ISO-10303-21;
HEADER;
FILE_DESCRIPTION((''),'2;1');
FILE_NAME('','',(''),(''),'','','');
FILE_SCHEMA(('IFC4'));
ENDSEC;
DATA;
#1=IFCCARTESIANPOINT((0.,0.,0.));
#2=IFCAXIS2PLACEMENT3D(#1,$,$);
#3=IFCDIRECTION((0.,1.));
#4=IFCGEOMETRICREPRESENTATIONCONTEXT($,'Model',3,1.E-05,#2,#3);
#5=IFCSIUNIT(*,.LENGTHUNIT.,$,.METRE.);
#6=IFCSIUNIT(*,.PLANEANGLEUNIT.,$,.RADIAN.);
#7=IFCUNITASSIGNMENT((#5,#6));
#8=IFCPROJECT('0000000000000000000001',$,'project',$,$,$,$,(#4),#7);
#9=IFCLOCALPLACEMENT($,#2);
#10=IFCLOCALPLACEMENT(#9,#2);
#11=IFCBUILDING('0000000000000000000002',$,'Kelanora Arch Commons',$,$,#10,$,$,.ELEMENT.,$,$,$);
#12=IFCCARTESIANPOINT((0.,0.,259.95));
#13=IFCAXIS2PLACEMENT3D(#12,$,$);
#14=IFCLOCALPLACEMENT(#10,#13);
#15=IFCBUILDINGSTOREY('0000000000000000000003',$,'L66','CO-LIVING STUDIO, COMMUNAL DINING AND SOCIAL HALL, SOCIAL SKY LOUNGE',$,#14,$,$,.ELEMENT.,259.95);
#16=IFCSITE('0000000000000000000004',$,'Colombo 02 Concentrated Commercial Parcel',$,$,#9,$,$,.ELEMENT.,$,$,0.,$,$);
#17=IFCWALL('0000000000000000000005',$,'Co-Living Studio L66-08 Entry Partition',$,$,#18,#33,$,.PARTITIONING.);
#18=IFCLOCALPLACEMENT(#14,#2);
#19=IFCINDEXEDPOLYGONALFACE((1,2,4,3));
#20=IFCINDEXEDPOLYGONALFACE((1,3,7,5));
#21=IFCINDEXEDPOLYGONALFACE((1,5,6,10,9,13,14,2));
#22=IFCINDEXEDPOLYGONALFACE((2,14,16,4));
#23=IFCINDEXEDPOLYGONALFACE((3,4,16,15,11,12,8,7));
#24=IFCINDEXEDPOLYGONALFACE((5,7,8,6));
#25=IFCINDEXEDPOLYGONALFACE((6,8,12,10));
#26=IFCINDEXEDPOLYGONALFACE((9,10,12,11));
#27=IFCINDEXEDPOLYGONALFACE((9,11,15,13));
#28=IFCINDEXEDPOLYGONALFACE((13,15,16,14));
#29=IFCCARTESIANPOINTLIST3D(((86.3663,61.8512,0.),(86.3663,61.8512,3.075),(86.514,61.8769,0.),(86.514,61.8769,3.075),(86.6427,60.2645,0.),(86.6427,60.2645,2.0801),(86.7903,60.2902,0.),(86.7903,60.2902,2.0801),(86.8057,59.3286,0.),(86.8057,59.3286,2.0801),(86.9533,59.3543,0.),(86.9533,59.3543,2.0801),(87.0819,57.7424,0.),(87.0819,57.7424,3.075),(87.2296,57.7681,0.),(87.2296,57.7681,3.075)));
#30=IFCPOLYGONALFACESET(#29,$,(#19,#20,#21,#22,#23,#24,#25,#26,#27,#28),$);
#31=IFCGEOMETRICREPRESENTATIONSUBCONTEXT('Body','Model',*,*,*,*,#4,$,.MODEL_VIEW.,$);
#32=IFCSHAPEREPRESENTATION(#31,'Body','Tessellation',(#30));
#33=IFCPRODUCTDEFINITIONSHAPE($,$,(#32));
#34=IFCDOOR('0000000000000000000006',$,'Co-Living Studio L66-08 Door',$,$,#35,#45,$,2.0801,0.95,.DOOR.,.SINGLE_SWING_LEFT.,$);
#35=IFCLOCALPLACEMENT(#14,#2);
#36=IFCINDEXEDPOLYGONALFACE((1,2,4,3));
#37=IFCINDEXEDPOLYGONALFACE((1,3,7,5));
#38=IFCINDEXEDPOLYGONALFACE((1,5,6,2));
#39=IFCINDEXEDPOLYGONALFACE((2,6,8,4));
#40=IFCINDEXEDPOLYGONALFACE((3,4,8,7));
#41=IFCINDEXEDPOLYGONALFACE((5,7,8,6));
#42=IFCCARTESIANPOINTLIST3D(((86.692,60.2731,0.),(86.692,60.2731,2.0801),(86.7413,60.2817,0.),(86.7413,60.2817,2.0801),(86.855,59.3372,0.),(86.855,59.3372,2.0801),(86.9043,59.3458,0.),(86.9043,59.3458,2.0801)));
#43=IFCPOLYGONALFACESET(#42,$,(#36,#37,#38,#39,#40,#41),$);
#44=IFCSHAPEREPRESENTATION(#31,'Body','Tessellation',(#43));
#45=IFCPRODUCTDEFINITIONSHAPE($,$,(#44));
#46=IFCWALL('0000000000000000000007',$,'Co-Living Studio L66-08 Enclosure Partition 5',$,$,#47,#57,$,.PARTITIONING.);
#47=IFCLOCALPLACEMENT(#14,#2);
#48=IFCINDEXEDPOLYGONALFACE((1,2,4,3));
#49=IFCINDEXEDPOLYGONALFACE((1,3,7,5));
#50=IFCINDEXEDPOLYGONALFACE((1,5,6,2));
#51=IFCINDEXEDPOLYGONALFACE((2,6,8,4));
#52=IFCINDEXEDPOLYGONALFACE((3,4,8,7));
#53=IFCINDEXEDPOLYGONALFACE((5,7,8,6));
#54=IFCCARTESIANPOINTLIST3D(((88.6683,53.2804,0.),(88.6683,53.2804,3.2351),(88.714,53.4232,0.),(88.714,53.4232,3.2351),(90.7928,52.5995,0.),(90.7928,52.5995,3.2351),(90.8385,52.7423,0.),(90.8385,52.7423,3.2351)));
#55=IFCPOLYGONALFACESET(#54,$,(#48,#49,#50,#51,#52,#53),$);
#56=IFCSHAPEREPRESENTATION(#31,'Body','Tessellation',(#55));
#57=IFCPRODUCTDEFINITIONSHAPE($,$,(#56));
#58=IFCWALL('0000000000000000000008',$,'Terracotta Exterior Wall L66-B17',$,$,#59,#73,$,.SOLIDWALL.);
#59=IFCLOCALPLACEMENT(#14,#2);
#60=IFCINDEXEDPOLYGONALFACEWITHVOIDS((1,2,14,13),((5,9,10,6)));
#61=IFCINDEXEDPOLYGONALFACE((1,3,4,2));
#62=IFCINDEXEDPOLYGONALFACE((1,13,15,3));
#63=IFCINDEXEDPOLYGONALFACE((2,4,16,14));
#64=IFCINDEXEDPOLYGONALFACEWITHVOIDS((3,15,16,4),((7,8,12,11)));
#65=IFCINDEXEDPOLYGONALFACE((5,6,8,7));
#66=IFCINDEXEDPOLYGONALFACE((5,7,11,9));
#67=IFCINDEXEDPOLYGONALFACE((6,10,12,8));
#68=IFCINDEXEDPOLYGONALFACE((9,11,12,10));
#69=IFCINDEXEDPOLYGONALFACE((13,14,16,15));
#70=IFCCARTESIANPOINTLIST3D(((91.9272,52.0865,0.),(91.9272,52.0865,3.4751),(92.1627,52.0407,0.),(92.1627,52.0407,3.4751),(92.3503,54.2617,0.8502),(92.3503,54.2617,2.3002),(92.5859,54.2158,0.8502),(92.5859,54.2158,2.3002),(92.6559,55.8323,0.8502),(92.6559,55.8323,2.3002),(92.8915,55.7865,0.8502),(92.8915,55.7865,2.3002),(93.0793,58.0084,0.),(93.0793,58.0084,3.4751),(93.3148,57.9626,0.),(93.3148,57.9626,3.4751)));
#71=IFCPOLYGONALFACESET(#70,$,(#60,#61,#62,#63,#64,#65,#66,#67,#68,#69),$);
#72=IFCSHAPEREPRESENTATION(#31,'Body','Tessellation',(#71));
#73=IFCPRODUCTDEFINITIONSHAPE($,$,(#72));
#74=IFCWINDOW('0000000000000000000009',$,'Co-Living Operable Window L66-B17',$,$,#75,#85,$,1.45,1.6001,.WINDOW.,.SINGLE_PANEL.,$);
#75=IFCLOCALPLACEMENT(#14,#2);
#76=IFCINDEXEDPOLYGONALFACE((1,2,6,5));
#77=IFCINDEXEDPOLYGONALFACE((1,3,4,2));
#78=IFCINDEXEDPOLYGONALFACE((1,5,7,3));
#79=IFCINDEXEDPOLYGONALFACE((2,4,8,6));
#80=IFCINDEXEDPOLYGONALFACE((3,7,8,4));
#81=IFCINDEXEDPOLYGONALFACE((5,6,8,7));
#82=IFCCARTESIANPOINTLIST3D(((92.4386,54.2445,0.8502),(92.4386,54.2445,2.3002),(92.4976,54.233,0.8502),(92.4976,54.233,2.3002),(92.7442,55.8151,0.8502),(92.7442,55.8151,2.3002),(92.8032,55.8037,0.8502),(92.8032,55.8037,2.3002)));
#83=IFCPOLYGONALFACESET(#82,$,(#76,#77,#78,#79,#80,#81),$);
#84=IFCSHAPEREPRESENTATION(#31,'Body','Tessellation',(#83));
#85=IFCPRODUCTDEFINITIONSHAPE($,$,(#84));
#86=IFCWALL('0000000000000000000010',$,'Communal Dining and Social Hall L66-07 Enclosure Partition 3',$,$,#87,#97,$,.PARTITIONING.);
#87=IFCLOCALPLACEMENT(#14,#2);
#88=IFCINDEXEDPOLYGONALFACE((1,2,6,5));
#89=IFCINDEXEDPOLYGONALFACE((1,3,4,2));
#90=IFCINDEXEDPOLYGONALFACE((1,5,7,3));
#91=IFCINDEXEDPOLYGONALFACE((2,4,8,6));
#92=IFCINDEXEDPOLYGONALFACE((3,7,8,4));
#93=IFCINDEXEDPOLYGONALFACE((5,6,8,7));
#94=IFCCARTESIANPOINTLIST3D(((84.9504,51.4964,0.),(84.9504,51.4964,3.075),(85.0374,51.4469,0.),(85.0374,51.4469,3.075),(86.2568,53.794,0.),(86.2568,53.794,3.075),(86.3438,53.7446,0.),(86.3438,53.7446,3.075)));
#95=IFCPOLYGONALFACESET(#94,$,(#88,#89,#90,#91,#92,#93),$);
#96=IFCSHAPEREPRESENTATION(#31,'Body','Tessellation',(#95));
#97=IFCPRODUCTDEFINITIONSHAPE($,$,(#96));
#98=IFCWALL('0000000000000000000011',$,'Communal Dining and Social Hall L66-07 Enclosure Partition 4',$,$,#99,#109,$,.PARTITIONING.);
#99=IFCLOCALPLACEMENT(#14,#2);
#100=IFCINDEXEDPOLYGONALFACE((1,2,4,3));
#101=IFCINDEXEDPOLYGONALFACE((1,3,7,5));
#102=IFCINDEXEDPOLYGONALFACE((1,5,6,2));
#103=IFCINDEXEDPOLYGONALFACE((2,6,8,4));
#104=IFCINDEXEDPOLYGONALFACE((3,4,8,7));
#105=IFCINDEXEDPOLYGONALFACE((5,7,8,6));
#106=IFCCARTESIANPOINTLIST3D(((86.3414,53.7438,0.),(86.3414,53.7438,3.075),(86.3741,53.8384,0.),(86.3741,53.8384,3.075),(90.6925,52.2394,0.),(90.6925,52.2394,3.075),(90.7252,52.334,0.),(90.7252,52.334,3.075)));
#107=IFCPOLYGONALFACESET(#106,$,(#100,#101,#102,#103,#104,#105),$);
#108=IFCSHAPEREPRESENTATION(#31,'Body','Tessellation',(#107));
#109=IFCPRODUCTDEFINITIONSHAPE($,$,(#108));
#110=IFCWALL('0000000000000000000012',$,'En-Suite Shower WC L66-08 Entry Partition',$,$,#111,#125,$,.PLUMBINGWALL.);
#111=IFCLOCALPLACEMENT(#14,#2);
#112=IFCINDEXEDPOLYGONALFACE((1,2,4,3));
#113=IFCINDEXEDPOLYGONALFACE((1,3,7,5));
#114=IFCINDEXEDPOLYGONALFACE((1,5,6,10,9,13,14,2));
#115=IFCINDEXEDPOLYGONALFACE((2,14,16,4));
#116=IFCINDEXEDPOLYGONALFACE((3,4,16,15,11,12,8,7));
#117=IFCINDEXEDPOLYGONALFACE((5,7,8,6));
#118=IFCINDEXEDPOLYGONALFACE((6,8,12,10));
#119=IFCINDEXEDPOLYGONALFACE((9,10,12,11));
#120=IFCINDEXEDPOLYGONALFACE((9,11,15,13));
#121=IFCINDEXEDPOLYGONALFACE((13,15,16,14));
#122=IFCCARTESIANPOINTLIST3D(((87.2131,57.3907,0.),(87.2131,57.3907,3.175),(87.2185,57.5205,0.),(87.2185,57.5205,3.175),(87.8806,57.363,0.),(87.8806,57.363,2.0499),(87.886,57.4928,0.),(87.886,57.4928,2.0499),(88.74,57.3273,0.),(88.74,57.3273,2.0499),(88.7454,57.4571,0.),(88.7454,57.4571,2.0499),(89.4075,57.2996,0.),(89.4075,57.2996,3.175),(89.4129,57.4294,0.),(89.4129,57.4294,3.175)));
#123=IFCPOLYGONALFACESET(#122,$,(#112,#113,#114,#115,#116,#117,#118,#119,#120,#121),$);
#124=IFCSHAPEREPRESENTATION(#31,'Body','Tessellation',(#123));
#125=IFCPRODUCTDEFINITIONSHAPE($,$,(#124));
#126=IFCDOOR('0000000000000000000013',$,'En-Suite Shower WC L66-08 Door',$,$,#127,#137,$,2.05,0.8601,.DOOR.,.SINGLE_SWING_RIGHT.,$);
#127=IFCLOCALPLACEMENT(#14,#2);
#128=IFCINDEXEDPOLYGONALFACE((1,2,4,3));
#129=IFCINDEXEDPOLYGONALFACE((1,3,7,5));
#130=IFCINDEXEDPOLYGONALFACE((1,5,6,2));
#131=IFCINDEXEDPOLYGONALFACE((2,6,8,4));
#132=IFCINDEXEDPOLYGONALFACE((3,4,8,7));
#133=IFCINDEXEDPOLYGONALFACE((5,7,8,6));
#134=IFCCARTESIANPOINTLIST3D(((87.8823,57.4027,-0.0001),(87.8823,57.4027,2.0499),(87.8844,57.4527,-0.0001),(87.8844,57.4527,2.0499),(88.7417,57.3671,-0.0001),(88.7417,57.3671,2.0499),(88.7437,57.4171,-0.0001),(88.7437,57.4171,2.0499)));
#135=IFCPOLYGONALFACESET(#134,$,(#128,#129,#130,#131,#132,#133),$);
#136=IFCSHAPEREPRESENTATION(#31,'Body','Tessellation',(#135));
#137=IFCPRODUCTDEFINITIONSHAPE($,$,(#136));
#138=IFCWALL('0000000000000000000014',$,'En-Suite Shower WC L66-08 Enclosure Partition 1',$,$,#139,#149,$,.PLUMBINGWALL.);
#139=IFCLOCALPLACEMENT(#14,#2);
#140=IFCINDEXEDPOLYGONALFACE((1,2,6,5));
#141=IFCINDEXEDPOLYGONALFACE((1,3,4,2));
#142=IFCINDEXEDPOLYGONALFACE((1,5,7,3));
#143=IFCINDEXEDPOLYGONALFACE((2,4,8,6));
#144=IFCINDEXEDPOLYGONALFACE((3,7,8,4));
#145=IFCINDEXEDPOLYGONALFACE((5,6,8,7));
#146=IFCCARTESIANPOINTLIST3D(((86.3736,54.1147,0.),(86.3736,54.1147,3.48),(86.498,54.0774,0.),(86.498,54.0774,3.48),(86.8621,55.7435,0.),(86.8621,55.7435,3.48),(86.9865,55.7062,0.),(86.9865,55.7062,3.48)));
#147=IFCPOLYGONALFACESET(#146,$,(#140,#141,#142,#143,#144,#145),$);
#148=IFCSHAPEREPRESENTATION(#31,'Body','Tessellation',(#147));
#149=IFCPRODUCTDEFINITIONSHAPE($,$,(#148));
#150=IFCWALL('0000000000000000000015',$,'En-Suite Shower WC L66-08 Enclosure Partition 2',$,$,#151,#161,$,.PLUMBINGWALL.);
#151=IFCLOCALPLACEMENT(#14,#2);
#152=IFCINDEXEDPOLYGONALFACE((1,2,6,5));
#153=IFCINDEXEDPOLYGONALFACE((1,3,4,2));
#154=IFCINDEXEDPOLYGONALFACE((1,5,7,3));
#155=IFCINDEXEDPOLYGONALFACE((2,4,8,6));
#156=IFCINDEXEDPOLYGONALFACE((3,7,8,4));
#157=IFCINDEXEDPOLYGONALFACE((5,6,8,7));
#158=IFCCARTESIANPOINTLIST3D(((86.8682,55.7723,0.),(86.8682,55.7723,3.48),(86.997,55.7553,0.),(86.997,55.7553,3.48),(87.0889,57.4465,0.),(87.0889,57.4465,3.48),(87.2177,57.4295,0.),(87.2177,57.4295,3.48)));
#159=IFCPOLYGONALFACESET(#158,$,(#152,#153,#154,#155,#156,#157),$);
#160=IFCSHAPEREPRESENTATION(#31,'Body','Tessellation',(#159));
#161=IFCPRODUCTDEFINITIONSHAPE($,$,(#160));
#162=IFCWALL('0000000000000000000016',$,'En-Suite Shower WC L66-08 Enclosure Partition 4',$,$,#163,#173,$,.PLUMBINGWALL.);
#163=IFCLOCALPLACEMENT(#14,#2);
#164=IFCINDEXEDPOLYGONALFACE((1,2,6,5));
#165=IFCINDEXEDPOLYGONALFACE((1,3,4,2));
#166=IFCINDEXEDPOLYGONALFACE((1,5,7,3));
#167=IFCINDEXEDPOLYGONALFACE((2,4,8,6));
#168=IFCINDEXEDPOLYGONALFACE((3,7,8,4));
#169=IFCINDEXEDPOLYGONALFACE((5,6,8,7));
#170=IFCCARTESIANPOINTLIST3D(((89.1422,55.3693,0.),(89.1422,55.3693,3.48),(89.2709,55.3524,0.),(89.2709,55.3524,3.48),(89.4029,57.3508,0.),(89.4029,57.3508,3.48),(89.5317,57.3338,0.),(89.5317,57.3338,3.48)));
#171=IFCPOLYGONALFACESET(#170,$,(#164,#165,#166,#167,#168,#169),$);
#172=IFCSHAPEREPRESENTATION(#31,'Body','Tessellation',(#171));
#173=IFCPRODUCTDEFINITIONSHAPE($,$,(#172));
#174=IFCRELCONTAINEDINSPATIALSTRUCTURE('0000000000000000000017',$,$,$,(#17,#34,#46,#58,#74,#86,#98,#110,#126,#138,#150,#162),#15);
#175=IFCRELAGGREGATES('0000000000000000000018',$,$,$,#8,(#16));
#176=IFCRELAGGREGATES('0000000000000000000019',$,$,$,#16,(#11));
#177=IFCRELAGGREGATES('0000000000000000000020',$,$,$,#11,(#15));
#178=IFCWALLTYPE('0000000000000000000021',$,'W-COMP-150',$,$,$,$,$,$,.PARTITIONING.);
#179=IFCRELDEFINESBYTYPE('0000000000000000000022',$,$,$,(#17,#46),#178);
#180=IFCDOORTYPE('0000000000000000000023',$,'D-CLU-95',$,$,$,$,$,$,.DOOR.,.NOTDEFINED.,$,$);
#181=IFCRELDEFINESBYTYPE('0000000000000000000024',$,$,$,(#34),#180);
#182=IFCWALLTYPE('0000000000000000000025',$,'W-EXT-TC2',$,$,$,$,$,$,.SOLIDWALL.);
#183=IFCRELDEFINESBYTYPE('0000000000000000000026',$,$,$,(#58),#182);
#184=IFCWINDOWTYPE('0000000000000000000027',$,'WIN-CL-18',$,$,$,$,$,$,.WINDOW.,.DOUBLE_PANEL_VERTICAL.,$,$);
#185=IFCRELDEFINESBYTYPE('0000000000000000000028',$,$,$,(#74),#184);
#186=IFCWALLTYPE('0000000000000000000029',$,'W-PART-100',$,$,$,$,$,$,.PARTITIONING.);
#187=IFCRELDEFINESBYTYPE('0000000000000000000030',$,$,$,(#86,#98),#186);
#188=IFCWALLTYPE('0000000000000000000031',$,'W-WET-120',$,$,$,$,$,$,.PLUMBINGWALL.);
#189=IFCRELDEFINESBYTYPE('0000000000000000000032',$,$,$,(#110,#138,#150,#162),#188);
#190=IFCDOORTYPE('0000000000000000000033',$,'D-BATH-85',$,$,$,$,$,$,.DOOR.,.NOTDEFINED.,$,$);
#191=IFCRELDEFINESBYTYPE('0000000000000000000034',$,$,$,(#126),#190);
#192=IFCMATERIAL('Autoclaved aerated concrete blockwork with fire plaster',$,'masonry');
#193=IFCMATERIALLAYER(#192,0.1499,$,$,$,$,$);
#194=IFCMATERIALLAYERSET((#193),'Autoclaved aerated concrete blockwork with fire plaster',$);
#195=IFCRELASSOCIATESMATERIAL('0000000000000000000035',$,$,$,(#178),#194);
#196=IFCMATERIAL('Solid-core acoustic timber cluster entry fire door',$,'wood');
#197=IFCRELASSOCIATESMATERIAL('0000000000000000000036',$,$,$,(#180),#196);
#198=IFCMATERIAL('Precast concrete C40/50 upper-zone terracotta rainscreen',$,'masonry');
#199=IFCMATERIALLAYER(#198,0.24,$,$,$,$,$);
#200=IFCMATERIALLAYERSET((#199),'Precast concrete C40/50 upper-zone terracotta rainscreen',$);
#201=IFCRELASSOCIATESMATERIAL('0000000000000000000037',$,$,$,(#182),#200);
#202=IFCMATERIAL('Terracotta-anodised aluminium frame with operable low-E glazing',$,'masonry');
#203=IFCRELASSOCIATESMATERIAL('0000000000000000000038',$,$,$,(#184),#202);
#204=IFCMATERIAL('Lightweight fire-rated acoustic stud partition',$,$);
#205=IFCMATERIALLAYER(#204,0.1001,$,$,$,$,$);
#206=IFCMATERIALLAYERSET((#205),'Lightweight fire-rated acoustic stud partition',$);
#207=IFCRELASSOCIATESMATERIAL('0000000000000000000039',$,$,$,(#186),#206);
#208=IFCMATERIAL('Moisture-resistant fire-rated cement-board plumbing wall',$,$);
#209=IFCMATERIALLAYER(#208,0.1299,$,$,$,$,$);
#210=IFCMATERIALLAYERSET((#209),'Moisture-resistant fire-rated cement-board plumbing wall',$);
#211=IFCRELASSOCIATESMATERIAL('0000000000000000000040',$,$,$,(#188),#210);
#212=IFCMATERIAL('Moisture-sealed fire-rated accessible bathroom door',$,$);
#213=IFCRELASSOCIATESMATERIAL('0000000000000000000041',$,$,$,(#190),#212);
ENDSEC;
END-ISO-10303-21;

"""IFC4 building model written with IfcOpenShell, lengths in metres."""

from ifc_helpers import new_model, si_unit, direction, frame, frame_2d, origin, place, context, subcontext, project, spatial, rectangle, extrude, material, layer, layer_set, type_object, element, fill, save


model = new_model("IFC4")

# Units and contexts
model_context = context("Model", 3, precision=1e-05, world=origin(), true_north=direction((0.0, 1.0)))
body_context = subcontext(model_context, "Body", "Model", "MODEL_VIEW")
ifc_project = project(units=[si_unit("LENGTHUNIT", "METRE"), si_unit("PLANEANGLEUNIT", "RADIAN")], contexts=[model_context])

# Site, building, storey
site_placement = place(None, origin())
site = spatial("IfcSite", under=ifc_project, at=site_placement, Name="Colombo 02 Concentrated Commercial Parcel", CompositionType="ELEMENT", RefElevation=0.0)
building_placement = place(site_placement, origin())
building = spatial("IfcBuilding", under=site, at=building_placement, Name="Kelanora Arch Commons", CompositionType="ELEMENT")
storey_placement = place(building_placement, frame((0.0, 0.0, 259.95)))
storey = spatial("IfcBuildingStorey", under=building, at=storey_placement, Name="L66", Description="CO-LIVING STUDIO, COMMUNAL DINING AND SOCIAL HALL, SOCIAL SKY LOUNGE", CompositionType="ELEMENT", Elevation=259.95)

# Wall, opening, door
ifc_material_1 = material(Name="Autoclaved aerated concrete blockwork with fire plaster", Category="masonry")
ifc_layer_1 = layer(ifc_material_1, 0.1499)
ifc_layer_set_1 = layer_set([ifc_layer_1], Name="Autoclaved aerated concrete blockwork with fire plaster")
wall_type_1 = type_object("IfcWallType", Name="W-COMP-150", PredefinedType="PARTITIONING", material=ifc_layer_set_1)
wall_1_placement = place(storey_placement, frame((87.1558, 57.7551, 0.0), z_axis=(0.0, 0.0, 1.0), x_axis=(-0.171571, 0.985172, 0.0)))
wall_1 = element("IfcWall", 1, at=wall_1_placement, inside=storey, type_object=wall_type_1, Name="Co-Living Studio L66-08 Entry Partition", PredefinedType="PARTITIONING", context=body_context, shape_type="SweptSolid", body=[
    extrude(rectangle(XDim=4.1707, YDim=0.1499, at=frame_2d((2.0854, 0.0))), origin(), (0.0, 0.0, 1.0), 3.075),
])
opening_1_placement = place(wall_1_placement, frame((1.6101, 0.0, 0.0)))
opening_1 = element("IfcOpeningElement", 2, at=opening_1_placement, cuts=wall_1, PredefinedType="OPENING", context=body_context, shape_type="SweptSolid", body=[
    extrude(rectangle(XDim=0.95, YDim=2.0801, at=frame_2d((0.4751, 1.04))), frame((0.0, 0.085, 0.0), z_axis=(0.0, -1.0, 0.0), x_axis=(1.0, 0.0, 0.0)), (0.0, 0.0, 1.0), 0.1699),
])
ifc_material_2 = material(Name="Solid-core acoustic timber cluster entry fire door", Category="wood")
door_type_1 = type_object("IfcDoorType", Name="D-CLU-95", OperationType="NOTDEFINED", PredefinedType="DOOR", material=ifc_material_2)
door_1_placement = place(opening_1_placement, origin())
door_1 = element("IfcDoor", 3, at=door_1_placement, inside=storey, type_object=door_type_1, Name="Co-Living Studio L66-08 Door", OperationType="SINGLE_SWING_LEFT", OverallHeight=2.0801, OverallWidth=0.95, PredefinedType="DOOR", context=body_context, shape_type="SweptSolid", body=[
    extrude(rectangle(XDim=0.95, YDim=2.0801, at=frame_2d((0.4751, 1.04))), frame((0.0, 0.0249, 0.0), z_axis=(0.0, -1.0, 0.0), x_axis=(1.0, 0.0, 0.0)), (0.0, 0.0, 1.0), 0.05),
])
fill(opening_1, door_1)

# Wall
wall_2_placement = place(storey_placement, frame((90.8157, 52.6709, 0.0), z_axis=(0.0, 0.0, 1.0), x_axis=(-0.952286, 0.305209, 0.0)))
element("IfcWall", 4, at=wall_2_placement, inside=storey, type_object=wall_type_1, Name="Co-Living Studio L66-08 Enclosure Partition 5", PredefinedType="PARTITIONING", context=body_context, shape_type="SweptSolid", body=[
    extrude(rectangle(XDim=2.231, YDim=0.1499, at=frame_2d((1.1155, 0.0))), origin(), (0.0, 0.0, 1.0), 3.2351),
])

# Wall, opening, window
ifc_material_3 = material(Name="Precast concrete C40/50 upper-zone terracotta rainscreen", Category="masonry")
ifc_layer_2 = layer(ifc_material_3, 0.24)
ifc_layer_set_2 = layer_set([ifc_layer_2], Name="Precast concrete C40/50 upper-zone terracotta rainscreen")
wall_type_2 = type_object("IfcWallType", Name="W-EXT-TC2", PredefinedType="SOLIDWALL", material=ifc_layer_set_2)
wall_3_placement = place(storey_placement, frame((92.0449, 52.0635, 0.0), z_axis=(0.0, 0.0, 1.0), x_axis=(0.190969, 0.981596, 0.0)))
wall_3 = element("IfcWall", 5, at=wall_3_placement, inside=storey, type_object=wall_type_2, Name="Terracotta Exterior Wall L66-B17", PredefinedType="SOLIDWALL", context=body_context, shape_type="SweptSolid", body=[
    extrude(rectangle(XDim=6.033, YDim=0.24, at=frame_2d((3.0166, 0.0))), origin(), (0.0, 0.0, 1.0), 3.4751),
])
opening_2_placement = place(wall_3_placement, frame((2.2161, 0.0, 0.8501)))
opening_2 = element("IfcOpeningElement", 6, at=opening_2_placement, cuts=wall_3, PredefinedType="OPENING", context=body_context, shape_type="SweptSolid", body=[
    extrude(rectangle(XDim=1.6001, YDim=1.45, at=frame_2d((0.8, 0.7251))), frame((0.0, 0.1299, 0.0), z_axis=(0.0, -1.0, 0.0), x_axis=(1.0, 0.0, 0.0)), (0.0, 0.0, 1.0), 0.26),
])
ifc_material_4 = material(Name="Terracotta-anodised aluminium frame with operable low-E glazing", Category="masonry")
window_type = type_object("IfcWindowType", Name="WIN-CL-18", PartitioningType="DOUBLE_PANEL_VERTICAL", PredefinedType="WINDOW", material=ifc_material_4)
window_placement = place(opening_2_placement, origin())
window = element("IfcWindow", 7, at=window_placement, inside=storey, type_object=window_type, Name="Co-Living Operable Window L66-B17", OverallHeight=1.45, OverallWidth=1.6001, PartitioningType="SINGLE_PANEL", PredefinedType="WINDOW", context=body_context, shape_type="SweptSolid", body=[
    extrude(rectangle(XDim=1.6001, YDim=1.45, at=frame_2d((0.8, 0.7251))), frame((0.0, 0.03, 0.0), z_axis=(0.0, -1.0, 0.0), x_axis=(1.0, 0.0, 0.0)), (0.0, 0.0, 1.0), 0.0601),
])
fill(opening_2, window)

# Walls
ifc_material_5 = material(Name="Lightweight fire-rated acoustic stud partition")
ifc_layer_3 = layer(ifc_material_5, 0.1001)
ifc_layer_set_3 = layer_set([ifc_layer_3], Name="Lightweight fire-rated acoustic stud partition")
wall_type_3 = type_object("IfcWallType", Name="W-PART-100", PredefinedType="PARTITIONING", material=ifc_layer_set_3)
wall_4_placement = place(storey_placement, frame((84.9939, 51.4717, 0.0), z_axis=(0.0, 0.0, 1.0), x_axis=(0.494278, 0.869304, 0.0)))
element("IfcWall", 8, at=wall_4_placement, inside=storey, type_object=wall_type_3, Name="Communal Dining and Social Hall L66-07 Enclosure Partition 3", PredefinedType="PARTITIONING", context=body_context, shape_type="SweptSolid", body=[
    extrude(rectangle(XDim=2.6431, YDim=0.1001, at=frame_2d((1.3215, 0.0))), origin(), (0.0, 0.0, 1.0), 3.075),
])
wall_5_placement = place(storey_placement, frame((86.3579, 53.791, 0.0), z_axis=(0.0, 0.0, 1.0), x_axis=(0.945103, -0.326772, 0.0)))
element("IfcWall", 9, at=wall_5_placement, inside=storey, type_object=wall_type_3, Name="Communal Dining and Social Hall L66-07 Enclosure Partition 4", PredefinedType="PARTITIONING", context=body_context, shape_type="SweptSolid", body=[
    extrude(rectangle(XDim=4.6038, YDim=0.1001, at=frame_2d((2.3018, 0.0))), origin(), (0.0, 0.0, 1.0), 3.075),
])

# Wall, opening, door
ifc_material_6 = material(Name="Moisture-resistant fire-rated cement-board plumbing wall")
ifc_layer_4 = layer(ifc_material_6, 0.1299)
ifc_layer_set_4 = layer_set([ifc_layer_4], Name="Moisture-resistant fire-rated cement-board plumbing wall")
wall_type_4 = type_object("IfcWallType", Name="W-WET-120", PredefinedType="PLUMBINGWALL", material=ifc_layer_set_4)
wall_6_placement = place(storey_placement, frame((87.2158, 57.4556, 0.0), z_axis=(0.0, 0.0, 1.0), x_axis=(0.99914, -0.041464, 0.0)))
wall_6 = element("IfcWall", 10, at=wall_6_placement, inside=storey, type_object=wall_type_4, Name="En-Suite Shower WC L66-08 Entry Partition", PredefinedType="PLUMBINGWALL", context=body_context, shape_type="SweptSolid", body=[
    extrude(rectangle(XDim=2.1963, YDim=0.1299, at=frame_2d((1.0981, 0.0))), origin(), (0.0, 0.0, 1.0), 3.175),
])
opening_3_placement = place(wall_6_placement, frame((0.668, 0.0, 0.0)))
opening_3 = element("IfcOpeningElement", 11, at=opening_3_placement, cuts=wall_6, PredefinedType="OPENING", context=body_context, shape_type="SweptSolid", body=[
    extrude(rectangle(XDim=0.8601, YDim=2.05, at=frame_2d((0.4302, 1.0249))), frame((0.0, 0.075, 0.0), z_axis=(0.0, -1.0, 0.0), x_axis=(1.0, 0.0, 0.0)), (0.0, 0.0, 1.0), 0.1499),
])
ifc_material_7 = material(Name="Moisture-sealed fire-rated accessible bathroom door")
door_type_2 = type_object("IfcDoorType", Name="D-BATH-85", OperationType="NOTDEFINED", PredefinedType="DOOR", material=ifc_material_7)
door_2_placement = place(opening_3_placement, origin())
door_2 = element("IfcDoor", 12, at=door_2_placement, inside=storey, type_object=door_type_2, Name="En-Suite Shower WC L66-08 Door", OperationType="SINGLE_SWING_RIGHT", OverallHeight=2.05, OverallWidth=0.8601, PredefinedType="DOOR", context=body_context, shape_type="SweptSolid", body=[
    extrude(rectangle(XDim=0.8601, YDim=2.05, at=frame_2d((0.4302, 1.0249))), frame((0.0, 0.0249, 0.0), z_axis=(0.0, -1.0, 0.0), x_axis=(1.0, 0.0, 0.0)), (0.0, 0.0, 1.0), 0.05),
])
fill(opening_3, door_2)

# Walls
wall_7_placement = place(storey_placement, frame((86.4358, 54.0962, 0.0), z_axis=(0.0, 0.0, 1.0), x_axis=(0.287308, 0.957838, 0.0)))
element("IfcWall", 13, at=wall_7_placement, inside=storey, type_object=wall_type_4, Name="En-Suite Shower WC L66-08 Enclosure Partition 1", PredefinedType="PLUMBINGWALL", context=body_context, shape_type="SweptSolid", body=[
    extrude(rectangle(XDim=1.7004, YDim=0.1299, at=frame_2d((0.8501, 0.0))), origin(), (0.0, 0.0, 1.0), 3.48),
])
wall_8_placement = place(storey_placement, frame((86.9326, 55.7639, 0.0), z_axis=(0.0, 0.0, 1.0), x_axis=(0.130686, 0.991424, 0.0)))
element("IfcWall", 14, at=wall_8_placement, inside=storey, type_object=wall_type_4, Name="En-Suite Shower WC L66-08 Enclosure Partition 2", PredefinedType="PLUMBINGWALL", context=body_context, shape_type="SweptSolid", body=[
    extrude(rectangle(XDim=1.6887, YDim=0.1299, at=frame_2d((0.8442, 0.0))), origin(), (0.0, 0.0, 1.0), 3.48),
])
wall_9_placement = place(storey_placement, frame((89.4673, 57.3423, 0.0), z_axis=(0.0, 0.0, 1.0), x_axis=(-0.130467, -0.991453, 0.0)))
element("IfcWall", 15, at=wall_9_placement, inside=storey, type_object=wall_type_4, Name="En-Suite Shower WC L66-08 Enclosure Partition 4", PredefinedType="PLUMBINGWALL", context=body_context, shape_type="SweptSolid", body=[
    extrude(rectangle(XDim=1.9985, YDim=0.1299, at=frame_2d((0.9993, 0.0))), origin(), (0.0, 0.0, 1.0), 3.48),
])

save(model, "model.ifc")
